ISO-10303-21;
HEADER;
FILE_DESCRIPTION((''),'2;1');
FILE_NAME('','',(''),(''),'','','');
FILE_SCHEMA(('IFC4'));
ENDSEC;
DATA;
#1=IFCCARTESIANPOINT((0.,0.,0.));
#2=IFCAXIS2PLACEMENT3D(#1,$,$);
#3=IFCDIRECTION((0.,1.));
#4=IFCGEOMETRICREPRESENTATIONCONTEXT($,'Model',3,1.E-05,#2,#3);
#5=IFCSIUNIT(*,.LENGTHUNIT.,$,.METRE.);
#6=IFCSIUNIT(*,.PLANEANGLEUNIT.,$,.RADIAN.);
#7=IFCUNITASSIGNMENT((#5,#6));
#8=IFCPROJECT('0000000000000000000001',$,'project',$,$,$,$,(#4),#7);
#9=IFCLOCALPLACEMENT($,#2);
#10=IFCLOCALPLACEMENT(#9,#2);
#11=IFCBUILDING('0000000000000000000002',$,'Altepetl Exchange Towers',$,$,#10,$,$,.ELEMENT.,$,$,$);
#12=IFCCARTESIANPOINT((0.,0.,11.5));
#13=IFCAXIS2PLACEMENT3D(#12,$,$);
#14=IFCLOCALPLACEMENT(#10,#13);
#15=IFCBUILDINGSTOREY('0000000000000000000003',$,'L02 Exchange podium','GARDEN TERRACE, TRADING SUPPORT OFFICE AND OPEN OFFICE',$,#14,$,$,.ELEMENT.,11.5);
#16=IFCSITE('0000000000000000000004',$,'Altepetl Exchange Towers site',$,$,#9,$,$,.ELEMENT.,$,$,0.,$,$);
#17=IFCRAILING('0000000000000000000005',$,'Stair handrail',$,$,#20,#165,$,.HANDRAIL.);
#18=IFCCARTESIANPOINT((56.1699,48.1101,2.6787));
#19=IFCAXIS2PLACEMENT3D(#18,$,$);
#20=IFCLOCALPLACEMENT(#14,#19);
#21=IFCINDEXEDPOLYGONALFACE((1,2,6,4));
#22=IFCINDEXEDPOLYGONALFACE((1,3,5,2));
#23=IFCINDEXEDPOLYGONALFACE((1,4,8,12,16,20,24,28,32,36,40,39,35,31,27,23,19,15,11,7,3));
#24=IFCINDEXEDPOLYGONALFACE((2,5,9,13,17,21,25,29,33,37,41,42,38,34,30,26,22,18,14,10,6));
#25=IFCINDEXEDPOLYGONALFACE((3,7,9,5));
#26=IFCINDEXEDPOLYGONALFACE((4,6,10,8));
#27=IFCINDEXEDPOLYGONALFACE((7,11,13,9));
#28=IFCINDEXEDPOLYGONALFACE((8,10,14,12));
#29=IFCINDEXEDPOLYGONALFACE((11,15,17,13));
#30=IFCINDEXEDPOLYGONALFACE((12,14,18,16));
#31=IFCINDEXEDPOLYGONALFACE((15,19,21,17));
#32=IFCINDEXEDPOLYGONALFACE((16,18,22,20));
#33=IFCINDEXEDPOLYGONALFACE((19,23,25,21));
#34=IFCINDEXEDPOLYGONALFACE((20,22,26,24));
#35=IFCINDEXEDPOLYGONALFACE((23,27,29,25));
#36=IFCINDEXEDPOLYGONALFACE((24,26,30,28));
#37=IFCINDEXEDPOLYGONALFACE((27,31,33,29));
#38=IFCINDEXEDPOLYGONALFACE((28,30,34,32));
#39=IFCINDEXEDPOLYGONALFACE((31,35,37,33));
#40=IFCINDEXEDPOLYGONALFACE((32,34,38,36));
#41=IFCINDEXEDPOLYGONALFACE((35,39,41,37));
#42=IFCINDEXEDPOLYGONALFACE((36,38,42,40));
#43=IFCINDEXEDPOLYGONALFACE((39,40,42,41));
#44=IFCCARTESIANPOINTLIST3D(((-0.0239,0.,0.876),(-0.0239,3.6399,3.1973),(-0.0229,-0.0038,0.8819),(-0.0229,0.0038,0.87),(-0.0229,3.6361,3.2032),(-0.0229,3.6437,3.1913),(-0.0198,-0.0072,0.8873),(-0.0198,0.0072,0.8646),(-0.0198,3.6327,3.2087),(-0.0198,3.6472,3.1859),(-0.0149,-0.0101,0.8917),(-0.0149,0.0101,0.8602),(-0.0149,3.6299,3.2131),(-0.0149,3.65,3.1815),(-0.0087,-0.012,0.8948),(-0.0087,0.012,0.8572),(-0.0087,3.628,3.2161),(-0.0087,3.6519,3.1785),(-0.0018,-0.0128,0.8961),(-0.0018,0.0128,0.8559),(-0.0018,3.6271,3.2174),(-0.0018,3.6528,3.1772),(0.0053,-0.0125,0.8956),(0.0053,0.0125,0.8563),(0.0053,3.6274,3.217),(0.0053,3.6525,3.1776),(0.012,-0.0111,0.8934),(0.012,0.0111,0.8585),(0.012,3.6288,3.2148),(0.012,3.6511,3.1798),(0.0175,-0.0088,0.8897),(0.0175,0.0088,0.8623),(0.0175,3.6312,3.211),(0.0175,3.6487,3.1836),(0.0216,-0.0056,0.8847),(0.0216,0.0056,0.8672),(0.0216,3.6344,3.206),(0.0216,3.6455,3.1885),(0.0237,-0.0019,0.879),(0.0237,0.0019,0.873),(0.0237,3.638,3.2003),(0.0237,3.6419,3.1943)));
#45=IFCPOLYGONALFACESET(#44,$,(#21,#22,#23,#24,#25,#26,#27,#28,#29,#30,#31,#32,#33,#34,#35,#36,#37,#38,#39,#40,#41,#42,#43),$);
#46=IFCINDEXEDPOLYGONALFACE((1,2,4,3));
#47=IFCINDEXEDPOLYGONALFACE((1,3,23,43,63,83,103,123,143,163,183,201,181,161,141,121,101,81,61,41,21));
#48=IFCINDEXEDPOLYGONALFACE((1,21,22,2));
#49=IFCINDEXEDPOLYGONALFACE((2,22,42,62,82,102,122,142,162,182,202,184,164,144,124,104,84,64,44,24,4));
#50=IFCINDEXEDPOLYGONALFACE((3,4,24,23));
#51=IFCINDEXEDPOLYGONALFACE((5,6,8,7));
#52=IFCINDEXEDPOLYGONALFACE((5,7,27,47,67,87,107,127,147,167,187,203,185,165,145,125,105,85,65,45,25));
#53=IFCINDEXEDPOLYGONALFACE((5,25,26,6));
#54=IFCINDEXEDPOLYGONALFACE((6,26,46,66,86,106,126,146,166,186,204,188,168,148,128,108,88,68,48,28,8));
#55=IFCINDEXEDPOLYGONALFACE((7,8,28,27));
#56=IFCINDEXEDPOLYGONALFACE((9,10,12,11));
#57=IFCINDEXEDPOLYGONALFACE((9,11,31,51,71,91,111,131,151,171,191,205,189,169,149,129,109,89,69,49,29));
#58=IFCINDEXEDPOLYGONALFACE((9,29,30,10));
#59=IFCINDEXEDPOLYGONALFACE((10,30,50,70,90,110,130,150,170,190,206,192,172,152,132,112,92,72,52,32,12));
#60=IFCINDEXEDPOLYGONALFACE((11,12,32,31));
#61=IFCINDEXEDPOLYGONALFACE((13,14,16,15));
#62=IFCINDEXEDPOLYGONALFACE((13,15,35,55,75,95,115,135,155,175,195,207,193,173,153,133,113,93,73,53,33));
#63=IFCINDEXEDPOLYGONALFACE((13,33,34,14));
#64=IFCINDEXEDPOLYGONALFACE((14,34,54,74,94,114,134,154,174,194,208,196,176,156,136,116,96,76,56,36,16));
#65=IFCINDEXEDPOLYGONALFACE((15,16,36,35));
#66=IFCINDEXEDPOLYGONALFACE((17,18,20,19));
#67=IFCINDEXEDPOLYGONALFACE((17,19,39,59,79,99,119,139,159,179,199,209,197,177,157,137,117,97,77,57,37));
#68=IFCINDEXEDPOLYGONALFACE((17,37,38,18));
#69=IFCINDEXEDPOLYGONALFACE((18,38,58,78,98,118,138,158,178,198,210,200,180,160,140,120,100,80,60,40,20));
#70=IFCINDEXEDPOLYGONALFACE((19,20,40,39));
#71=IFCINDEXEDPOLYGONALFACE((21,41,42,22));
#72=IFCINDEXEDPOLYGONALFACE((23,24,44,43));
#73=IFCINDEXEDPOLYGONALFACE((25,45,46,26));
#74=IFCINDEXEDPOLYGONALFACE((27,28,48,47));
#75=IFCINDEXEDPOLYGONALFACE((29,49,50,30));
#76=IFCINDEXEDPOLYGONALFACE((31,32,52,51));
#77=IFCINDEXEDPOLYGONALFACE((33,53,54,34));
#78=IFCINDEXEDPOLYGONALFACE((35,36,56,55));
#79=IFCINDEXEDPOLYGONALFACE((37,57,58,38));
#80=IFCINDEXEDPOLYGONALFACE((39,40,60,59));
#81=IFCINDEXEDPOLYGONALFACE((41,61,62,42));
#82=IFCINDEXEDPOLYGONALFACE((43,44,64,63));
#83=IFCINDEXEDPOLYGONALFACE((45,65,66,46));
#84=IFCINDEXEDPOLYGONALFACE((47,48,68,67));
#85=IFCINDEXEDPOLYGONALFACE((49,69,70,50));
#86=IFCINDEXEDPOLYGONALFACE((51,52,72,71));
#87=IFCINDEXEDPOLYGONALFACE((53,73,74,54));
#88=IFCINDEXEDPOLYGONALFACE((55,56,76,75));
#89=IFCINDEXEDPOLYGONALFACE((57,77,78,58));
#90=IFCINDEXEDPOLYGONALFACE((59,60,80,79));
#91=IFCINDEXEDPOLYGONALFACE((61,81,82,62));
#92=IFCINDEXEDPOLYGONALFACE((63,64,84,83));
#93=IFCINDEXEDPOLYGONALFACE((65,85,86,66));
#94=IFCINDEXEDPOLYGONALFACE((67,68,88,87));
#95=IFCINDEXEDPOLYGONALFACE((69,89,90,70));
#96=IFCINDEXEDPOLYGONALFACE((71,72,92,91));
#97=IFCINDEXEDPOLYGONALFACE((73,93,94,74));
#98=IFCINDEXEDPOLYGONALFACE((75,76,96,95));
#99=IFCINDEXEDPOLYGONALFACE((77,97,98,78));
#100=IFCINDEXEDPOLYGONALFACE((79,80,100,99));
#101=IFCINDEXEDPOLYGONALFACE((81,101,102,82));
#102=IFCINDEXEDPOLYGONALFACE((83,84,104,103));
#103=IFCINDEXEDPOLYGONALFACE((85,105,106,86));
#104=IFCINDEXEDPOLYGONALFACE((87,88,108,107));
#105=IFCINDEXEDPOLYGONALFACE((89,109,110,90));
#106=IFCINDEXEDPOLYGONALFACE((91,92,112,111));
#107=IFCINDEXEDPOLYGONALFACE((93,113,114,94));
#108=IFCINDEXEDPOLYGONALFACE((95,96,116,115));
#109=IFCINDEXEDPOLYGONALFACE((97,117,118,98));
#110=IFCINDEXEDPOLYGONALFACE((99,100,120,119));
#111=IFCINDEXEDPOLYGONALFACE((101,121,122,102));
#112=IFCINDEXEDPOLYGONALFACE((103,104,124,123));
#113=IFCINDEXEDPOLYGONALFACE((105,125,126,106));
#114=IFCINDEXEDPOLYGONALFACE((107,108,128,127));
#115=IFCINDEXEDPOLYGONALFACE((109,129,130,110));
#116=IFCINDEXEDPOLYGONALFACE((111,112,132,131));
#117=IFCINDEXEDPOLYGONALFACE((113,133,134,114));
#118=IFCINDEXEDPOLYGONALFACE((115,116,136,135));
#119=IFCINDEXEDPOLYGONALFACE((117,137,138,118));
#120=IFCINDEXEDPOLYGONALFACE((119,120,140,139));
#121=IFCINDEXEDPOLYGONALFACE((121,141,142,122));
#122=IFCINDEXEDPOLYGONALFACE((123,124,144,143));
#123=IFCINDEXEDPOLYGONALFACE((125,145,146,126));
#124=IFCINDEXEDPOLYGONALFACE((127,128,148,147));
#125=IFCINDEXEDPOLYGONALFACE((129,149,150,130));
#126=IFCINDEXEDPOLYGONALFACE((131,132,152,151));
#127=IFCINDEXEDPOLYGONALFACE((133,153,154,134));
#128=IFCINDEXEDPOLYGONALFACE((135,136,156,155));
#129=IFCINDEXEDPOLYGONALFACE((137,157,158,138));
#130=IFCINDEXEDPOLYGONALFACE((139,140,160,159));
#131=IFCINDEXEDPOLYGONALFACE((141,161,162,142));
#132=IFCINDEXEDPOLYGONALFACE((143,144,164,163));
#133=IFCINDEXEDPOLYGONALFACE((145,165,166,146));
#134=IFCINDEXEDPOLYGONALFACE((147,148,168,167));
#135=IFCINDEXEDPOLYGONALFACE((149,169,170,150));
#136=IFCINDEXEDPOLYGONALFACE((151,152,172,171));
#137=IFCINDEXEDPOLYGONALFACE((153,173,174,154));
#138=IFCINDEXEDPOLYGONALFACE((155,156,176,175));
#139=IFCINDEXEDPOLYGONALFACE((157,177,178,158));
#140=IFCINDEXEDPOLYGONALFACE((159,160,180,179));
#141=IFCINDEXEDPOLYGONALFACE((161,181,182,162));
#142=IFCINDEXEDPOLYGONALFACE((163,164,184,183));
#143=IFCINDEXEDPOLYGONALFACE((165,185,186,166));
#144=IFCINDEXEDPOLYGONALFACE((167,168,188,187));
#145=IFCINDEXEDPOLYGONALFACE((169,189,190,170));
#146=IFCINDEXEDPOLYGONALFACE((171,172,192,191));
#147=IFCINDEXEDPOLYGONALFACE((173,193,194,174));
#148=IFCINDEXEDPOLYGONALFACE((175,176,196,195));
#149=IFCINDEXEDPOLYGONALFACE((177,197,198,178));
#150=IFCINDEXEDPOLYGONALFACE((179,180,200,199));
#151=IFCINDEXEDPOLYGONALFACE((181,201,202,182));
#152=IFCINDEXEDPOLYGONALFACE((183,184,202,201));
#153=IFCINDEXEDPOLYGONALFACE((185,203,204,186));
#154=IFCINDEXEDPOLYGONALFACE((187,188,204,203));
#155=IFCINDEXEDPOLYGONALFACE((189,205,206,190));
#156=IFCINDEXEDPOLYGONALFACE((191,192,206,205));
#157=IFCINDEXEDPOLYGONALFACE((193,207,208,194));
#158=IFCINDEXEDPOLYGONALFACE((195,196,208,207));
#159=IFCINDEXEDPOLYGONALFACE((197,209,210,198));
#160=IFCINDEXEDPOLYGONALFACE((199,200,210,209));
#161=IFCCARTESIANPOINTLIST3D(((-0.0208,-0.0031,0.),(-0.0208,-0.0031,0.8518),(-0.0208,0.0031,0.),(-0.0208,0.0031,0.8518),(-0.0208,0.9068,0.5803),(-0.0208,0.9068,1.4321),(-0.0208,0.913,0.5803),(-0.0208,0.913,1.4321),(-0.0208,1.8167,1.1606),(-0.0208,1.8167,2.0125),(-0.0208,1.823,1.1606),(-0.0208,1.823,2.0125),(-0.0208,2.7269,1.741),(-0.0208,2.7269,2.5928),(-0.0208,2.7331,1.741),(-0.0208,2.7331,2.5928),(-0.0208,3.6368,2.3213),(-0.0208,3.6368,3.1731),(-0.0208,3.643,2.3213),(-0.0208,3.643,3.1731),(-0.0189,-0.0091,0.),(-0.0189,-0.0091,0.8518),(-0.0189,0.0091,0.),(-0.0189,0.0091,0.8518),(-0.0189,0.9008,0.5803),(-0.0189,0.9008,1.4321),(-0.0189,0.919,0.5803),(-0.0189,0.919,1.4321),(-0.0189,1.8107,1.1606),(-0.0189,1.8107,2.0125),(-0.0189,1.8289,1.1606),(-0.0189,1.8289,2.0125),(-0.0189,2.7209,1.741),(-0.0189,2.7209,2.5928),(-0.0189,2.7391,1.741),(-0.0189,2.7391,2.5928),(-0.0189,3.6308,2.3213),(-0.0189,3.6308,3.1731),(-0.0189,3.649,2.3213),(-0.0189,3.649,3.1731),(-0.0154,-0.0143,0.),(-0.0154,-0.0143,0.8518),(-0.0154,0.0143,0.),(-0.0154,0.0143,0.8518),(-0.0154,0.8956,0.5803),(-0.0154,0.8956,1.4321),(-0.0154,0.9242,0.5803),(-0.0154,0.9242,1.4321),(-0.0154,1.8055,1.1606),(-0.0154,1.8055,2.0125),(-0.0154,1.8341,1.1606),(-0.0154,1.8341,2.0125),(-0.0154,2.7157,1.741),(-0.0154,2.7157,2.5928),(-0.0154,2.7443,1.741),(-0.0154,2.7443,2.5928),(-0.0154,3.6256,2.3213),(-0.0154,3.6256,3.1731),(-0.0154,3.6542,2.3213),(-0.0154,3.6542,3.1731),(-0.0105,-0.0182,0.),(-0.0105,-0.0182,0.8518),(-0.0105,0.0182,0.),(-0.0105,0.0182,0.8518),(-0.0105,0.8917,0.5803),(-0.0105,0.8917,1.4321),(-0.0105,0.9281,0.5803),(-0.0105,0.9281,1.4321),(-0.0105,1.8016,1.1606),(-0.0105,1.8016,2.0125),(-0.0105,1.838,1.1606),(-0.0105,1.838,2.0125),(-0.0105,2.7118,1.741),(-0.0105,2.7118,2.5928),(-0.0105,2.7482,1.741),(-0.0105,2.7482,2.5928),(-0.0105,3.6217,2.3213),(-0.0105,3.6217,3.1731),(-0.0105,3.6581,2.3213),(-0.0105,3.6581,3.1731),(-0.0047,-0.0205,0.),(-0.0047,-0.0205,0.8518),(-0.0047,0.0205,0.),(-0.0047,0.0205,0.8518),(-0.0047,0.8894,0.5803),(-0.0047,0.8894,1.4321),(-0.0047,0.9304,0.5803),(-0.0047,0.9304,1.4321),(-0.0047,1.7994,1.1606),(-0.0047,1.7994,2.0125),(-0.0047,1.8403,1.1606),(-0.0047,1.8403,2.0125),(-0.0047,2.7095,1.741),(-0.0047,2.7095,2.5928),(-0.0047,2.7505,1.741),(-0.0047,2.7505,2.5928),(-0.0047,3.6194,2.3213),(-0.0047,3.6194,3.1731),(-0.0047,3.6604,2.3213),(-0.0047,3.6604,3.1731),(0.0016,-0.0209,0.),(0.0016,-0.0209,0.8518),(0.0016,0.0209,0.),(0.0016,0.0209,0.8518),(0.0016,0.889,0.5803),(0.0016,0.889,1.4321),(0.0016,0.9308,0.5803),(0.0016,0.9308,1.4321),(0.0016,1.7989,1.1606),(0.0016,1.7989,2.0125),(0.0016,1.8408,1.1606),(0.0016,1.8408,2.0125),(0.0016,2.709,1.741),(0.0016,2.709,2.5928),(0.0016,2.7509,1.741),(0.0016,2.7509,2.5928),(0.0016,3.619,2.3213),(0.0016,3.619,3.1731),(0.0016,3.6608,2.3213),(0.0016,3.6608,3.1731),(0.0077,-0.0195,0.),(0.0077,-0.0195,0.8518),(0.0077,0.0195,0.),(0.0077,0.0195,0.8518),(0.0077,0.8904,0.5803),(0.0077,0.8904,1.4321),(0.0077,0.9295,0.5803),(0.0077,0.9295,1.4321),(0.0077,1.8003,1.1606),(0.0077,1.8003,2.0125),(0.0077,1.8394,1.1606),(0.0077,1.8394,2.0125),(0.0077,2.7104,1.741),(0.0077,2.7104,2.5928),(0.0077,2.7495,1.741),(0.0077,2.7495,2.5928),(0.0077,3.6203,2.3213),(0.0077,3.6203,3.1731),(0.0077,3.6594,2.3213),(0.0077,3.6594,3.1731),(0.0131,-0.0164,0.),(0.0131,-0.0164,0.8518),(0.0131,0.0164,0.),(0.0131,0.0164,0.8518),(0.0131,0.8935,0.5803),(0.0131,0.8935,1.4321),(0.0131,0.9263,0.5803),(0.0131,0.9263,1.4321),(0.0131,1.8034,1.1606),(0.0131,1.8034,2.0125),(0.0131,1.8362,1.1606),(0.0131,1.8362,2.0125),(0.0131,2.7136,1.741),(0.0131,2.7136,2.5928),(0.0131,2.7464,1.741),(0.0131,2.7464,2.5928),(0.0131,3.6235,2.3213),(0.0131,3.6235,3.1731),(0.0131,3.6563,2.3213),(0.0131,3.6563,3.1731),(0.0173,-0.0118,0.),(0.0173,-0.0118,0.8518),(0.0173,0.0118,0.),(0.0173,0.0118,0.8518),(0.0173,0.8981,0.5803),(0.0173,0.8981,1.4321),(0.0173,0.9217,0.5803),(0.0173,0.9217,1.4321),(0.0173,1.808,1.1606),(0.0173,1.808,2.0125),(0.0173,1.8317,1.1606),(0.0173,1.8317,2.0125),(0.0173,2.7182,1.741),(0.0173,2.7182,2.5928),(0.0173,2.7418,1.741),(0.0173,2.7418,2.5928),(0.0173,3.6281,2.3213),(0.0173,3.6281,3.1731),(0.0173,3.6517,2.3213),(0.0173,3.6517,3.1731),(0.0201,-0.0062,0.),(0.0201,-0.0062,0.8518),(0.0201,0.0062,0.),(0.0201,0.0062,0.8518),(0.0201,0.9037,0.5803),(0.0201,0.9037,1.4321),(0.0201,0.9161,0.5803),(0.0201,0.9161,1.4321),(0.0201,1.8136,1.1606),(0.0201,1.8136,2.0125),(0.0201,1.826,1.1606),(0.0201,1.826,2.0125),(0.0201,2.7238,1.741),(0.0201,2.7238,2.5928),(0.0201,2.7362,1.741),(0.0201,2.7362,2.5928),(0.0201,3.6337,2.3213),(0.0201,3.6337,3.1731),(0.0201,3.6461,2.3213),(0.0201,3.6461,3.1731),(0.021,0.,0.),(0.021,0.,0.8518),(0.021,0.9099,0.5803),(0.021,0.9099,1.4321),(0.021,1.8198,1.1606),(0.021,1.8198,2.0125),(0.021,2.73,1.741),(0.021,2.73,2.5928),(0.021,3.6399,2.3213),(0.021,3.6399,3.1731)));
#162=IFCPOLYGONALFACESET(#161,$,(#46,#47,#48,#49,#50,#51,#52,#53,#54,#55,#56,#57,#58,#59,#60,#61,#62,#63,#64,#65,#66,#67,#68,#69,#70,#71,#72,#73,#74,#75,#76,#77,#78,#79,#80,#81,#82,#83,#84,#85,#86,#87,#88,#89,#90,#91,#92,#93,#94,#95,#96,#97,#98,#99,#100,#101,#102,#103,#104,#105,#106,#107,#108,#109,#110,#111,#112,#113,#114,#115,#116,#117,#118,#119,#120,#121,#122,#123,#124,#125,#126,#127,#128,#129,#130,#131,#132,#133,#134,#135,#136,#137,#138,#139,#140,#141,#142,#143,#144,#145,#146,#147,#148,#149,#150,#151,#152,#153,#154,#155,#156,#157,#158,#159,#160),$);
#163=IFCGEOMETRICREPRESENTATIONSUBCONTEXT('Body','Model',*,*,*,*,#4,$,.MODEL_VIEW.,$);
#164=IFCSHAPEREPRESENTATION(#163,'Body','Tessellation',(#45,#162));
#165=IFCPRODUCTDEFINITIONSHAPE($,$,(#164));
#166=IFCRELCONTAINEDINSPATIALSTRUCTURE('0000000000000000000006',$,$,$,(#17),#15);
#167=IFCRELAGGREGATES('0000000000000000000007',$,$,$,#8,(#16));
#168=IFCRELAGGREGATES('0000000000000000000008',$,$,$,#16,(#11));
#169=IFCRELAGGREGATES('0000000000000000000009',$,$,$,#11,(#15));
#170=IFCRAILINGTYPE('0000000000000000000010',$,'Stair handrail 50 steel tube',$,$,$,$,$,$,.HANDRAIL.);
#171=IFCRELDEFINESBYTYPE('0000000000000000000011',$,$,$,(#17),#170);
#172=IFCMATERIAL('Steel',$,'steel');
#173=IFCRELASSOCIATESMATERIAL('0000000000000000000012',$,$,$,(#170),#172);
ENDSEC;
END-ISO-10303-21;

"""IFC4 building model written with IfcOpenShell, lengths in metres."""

from ifc_helpers import new_model, si_unit, direction, frame, origin, origin_2d, place, context, subcontext, project, spatial, circle, extrude, source, transform, mapped, material, type_object, element, save


model = new_model("IFC4")

# Units and contexts
model_context = context("Model", 3, precision=1e-05, world=origin(), true_north=direction((0.0, 1.0)))
body_context = subcontext(model_context, "Body", "Model", "MODEL_VIEW")
ifc_project = project(units=[si_unit("LENGTHUNIT", "METRE"), si_unit("PLANEANGLEUNIT", "RADIAN")], contexts=[model_context])

# Site, building, storey
site_placement = place(None, origin())
site = spatial("IfcSite", under=ifc_project, at=site_placement, Name="Altepetl Exchange Towers site", CompositionType="ELEMENT", RefElevation=0.0)
building_placement = place(site_placement, origin())
building = spatial("IfcBuilding", under=site, at=building_placement, Name="Altepetl Exchange Towers", CompositionType="ELEMENT")
storey_placement = place(building_placement, frame((0.0, 0.0, 11.5)))
storey = spatial("IfcBuildingStorey", under=building, at=storey_placement, Name="L02 Exchange podium", Description="GARDEN TERRACE, TRADING SUPPORT OFFICE AND OPEN OFFICE", CompositionType="ELEMENT", Elevation=11.5)

# Railing
ifc_material_1 = material(Name="Steel", Category="steel")
railing_type_1 = type_object("IfcRailingType", Name="Stair handrail 50 steel tube", PredefinedType="HANDRAIL", material=ifc_material_1)
shared_shape_1 = source(origin(), body_context, "Body", "SweptSolid", [
    extrude(circle(Radius=0.021, at=origin_2d()), origin(), (0.0, 0.0, 1.0), 0.8518),
])
railing_1_placement = place(storey_placement, frame((56.1699, 48.1101, 2.6787)))
element("IfcRailing", 1, at=railing_1_placement, inside=storey, type_object=railing_type_1, Name="Stair handrail", PredefinedType="HANDRAIL", context=body_context, shape_type="SweptSolid", body=[
    extrude(circle(Radius=0.0239, at=origin_2d()), frame((0.0, 0.0, 0.876), z_axis=(0.0, 0.843137, 0.537699), x_axis=(-1.0, 0.0, 0.0)), (0.0, 0.0, 1.0), 4.3171),
    mapped(shared_shape_1, transform((0.0, 0.0, 0.0))),
    mapped(shared_shape_1, transform((0.0, 0.9099, 0.5803))),
    mapped(shared_shape_1, transform((0.0, 1.8198, 1.1606))),
    mapped(shared_shape_1, transform((0.0, 2.73, 1.741))),
    mapped(shared_shape_1, transform((0.0, 3.6399, 2.3213))),
])

save(model, "model.ifc")
